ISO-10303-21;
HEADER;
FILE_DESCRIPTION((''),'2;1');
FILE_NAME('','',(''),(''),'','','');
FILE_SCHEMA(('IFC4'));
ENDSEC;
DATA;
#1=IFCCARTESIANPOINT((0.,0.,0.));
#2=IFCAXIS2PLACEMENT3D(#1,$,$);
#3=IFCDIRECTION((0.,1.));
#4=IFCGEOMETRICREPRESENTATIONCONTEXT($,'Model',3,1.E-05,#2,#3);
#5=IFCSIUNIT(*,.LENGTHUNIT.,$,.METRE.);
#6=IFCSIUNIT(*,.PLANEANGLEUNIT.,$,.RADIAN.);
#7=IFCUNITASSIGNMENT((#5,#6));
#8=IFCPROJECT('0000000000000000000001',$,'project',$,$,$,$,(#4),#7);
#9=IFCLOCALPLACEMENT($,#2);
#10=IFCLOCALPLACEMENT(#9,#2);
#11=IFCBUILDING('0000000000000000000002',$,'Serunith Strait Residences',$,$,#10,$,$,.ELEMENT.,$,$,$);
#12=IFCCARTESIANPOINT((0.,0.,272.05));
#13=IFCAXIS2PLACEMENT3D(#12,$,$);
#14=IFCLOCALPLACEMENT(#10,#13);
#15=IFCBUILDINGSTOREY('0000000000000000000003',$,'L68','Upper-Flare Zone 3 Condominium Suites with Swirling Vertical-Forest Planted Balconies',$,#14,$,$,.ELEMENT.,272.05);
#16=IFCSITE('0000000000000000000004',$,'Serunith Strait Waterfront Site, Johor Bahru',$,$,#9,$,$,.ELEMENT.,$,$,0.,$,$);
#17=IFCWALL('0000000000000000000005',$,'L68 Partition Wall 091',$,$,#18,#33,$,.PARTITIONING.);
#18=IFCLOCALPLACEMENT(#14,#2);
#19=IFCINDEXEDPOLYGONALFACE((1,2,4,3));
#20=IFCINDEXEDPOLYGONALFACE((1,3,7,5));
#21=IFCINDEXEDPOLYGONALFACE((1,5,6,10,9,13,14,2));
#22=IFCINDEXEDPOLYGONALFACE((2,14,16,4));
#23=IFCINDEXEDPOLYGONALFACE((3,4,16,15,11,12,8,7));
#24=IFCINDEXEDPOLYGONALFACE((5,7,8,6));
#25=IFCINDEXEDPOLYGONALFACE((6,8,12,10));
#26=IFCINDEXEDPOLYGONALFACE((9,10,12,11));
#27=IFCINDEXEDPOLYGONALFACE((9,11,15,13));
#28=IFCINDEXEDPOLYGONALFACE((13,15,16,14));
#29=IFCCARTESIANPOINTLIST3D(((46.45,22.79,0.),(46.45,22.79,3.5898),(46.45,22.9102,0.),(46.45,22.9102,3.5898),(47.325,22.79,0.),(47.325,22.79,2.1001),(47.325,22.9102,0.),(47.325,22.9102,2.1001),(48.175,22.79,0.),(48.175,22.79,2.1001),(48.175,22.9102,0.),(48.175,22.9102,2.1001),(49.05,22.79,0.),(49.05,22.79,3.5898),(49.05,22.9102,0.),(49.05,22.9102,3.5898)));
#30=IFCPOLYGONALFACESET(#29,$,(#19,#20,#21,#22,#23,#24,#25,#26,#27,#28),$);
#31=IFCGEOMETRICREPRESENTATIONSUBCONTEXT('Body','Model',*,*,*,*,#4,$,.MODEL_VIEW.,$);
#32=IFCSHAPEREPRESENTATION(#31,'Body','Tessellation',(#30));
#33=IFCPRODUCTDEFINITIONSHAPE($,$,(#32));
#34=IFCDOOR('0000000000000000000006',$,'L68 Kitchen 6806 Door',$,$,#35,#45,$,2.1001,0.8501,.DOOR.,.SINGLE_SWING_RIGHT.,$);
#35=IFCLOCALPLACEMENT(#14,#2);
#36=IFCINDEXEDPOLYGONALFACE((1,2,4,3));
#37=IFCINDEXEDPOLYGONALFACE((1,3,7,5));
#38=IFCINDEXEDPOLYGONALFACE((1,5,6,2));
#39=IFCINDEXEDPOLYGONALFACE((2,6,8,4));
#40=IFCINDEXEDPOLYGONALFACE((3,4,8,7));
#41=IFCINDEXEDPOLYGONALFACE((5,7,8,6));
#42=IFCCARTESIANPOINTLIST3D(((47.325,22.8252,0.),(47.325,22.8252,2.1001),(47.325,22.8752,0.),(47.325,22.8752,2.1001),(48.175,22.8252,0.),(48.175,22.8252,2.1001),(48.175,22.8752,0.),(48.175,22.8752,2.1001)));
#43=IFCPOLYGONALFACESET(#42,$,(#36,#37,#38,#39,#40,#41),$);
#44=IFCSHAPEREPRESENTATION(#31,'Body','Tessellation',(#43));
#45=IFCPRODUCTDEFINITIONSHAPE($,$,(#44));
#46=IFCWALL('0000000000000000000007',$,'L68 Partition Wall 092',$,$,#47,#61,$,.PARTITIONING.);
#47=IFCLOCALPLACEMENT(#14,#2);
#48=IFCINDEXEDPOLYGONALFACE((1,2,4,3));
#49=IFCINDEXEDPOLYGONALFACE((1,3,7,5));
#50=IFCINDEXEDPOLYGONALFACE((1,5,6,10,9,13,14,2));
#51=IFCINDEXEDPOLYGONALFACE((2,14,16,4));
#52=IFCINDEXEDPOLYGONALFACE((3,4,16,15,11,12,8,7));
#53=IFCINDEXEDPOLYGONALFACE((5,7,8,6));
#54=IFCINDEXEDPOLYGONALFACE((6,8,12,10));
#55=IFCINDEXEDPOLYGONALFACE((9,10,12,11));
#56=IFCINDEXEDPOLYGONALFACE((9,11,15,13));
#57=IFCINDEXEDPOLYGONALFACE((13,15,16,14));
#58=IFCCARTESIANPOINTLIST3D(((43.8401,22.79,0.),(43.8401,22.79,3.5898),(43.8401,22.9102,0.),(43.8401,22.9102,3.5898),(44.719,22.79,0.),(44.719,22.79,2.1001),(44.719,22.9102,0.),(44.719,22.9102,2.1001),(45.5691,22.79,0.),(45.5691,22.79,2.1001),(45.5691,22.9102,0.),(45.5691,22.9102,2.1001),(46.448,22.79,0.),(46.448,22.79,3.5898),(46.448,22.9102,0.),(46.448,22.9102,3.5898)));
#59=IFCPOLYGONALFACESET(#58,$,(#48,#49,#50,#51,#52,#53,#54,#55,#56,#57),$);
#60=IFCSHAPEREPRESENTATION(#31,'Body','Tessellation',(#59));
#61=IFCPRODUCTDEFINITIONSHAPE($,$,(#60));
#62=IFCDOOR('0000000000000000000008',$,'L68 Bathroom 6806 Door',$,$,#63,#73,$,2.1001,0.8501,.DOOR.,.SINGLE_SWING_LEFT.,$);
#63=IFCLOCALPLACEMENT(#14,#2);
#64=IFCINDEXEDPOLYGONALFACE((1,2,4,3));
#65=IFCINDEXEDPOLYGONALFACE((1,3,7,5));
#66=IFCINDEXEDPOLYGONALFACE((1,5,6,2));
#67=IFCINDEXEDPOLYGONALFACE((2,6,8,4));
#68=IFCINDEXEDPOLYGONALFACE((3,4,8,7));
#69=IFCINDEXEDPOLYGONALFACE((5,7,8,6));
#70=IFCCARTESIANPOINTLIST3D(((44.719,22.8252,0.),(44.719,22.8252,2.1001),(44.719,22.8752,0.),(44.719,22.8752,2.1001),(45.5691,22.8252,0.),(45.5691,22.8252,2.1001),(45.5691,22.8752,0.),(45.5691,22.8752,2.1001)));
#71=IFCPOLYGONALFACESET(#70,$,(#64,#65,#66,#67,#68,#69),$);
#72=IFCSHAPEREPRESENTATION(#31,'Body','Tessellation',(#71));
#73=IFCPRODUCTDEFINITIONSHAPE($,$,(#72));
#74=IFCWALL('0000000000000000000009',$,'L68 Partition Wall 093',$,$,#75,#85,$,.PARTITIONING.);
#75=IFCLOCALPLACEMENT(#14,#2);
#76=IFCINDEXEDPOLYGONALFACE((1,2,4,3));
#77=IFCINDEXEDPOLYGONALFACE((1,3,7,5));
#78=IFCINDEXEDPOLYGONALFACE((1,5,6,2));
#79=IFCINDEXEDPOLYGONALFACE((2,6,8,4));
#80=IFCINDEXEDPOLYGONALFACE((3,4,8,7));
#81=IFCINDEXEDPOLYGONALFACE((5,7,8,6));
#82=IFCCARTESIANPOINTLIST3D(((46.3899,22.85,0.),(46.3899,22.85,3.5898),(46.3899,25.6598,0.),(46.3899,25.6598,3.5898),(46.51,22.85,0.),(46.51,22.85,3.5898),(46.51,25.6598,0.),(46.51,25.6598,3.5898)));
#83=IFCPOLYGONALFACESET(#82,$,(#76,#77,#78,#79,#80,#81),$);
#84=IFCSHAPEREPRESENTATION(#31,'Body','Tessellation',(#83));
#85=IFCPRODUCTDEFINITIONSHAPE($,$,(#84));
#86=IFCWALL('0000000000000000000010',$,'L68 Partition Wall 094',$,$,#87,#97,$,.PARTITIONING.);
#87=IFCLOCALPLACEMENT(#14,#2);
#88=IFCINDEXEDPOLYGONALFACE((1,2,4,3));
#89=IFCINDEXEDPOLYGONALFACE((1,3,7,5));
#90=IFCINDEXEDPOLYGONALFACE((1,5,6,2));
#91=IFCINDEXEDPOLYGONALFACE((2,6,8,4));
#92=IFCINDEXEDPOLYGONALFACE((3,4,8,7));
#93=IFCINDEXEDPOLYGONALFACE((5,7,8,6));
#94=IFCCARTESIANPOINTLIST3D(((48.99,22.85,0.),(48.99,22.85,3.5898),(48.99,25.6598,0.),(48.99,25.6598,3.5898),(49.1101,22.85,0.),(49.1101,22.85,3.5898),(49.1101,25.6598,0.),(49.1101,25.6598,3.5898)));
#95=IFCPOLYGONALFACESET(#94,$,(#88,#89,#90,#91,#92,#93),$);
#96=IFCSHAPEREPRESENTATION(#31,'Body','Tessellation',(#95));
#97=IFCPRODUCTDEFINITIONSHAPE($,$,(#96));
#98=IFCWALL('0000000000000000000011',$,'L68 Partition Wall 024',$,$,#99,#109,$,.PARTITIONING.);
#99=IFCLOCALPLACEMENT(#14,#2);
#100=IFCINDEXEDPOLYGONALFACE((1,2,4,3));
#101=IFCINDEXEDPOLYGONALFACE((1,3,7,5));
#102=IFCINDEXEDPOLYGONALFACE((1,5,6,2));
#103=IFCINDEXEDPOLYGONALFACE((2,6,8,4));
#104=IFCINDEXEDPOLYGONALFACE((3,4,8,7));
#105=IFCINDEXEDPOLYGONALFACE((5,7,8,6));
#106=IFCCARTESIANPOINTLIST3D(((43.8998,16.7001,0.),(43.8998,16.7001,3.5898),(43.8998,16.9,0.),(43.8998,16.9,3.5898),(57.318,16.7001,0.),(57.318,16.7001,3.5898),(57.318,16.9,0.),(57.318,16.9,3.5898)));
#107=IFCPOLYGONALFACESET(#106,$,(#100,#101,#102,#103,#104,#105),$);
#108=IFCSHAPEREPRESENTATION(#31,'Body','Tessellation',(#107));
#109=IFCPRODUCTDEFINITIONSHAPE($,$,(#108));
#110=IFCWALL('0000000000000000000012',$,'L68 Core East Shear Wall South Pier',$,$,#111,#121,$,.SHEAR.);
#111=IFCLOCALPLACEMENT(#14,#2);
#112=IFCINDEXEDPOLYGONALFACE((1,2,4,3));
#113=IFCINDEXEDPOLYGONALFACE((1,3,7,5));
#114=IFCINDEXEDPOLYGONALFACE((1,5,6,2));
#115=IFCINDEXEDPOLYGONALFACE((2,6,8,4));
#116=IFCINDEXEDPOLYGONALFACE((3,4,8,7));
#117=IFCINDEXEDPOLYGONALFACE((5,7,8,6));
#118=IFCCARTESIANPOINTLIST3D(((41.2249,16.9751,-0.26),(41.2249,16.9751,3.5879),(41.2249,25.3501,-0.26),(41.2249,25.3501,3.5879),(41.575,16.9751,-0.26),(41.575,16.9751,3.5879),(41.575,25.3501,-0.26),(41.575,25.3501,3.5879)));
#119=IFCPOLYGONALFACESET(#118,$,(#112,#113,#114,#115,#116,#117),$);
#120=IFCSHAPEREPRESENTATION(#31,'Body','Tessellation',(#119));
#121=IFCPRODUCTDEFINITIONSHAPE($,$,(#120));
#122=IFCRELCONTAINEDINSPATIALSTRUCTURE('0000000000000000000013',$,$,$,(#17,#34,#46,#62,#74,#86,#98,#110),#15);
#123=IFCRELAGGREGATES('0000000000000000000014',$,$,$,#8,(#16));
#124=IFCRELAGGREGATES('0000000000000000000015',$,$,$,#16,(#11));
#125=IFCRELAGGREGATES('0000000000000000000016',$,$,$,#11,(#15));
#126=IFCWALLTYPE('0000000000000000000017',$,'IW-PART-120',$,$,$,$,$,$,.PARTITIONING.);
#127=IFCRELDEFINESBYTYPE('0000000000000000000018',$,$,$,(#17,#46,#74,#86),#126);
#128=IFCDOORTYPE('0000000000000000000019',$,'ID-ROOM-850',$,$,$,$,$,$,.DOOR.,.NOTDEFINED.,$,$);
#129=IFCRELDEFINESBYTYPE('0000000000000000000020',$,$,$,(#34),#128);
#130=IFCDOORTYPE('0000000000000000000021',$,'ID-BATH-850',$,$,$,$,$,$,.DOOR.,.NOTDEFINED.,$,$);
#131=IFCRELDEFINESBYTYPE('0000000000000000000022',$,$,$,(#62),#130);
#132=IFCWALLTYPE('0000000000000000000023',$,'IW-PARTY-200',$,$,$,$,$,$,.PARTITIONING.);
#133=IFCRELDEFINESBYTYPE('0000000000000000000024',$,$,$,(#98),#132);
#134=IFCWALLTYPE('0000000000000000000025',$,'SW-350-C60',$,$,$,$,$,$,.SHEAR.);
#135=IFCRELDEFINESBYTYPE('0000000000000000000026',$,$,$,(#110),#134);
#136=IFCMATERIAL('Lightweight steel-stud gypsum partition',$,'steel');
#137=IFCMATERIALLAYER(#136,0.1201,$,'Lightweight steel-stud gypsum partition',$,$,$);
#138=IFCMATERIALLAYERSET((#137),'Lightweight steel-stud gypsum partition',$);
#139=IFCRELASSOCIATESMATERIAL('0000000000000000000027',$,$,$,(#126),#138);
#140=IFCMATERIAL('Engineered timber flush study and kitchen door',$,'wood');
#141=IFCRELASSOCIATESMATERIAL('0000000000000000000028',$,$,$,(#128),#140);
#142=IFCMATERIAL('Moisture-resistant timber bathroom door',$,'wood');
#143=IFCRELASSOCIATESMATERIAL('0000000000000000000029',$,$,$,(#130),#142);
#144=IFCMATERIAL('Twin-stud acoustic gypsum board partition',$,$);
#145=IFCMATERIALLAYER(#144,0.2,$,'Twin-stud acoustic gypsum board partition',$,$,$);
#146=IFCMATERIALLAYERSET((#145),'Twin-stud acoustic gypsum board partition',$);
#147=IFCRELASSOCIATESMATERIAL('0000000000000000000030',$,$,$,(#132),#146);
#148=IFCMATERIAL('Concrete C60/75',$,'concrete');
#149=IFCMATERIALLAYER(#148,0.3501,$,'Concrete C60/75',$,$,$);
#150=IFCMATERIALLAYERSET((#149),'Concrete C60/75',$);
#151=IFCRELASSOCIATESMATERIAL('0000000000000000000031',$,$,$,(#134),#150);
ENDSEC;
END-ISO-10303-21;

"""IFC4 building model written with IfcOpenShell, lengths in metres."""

from ifc_helpers import new_model, si_unit, direction, frame, frame_2d, origin, place, context, subcontext, project, spatial, rectangle, extrude, source, transform, mapped, material, layer, layer_set, type_object, element, fill, save


model = new_model("IFC4")

# Units and contexts
model_context = context("Model", 3, precision=1e-05, world=origin(), true_north=direction((0.0, 1.0)))
body_context = subcontext(model_context, "Body", "Model", "MODEL_VIEW")
ifc_project = project(units=[si_unit("LENGTHUNIT", "METRE"), si_unit("PLANEANGLEUNIT", "RADIAN")], contexts=[model_context])

# Site, building, storey
site_placement = place(None, origin())
site = spatial("IfcSite", under=ifc_project, at=site_placement, Name="Serunith Strait Waterfront Site, Johor Bahru", CompositionType="ELEMENT", RefElevation=0.0)
building_placement = place(site_placement, origin())
building = spatial("IfcBuilding", under=site, at=building_placement, Name="Serunith Strait Residences", CompositionType="ELEMENT")
storey_placement = place(building_placement, frame((0.0, 0.0, 272.05)))
storey = spatial("IfcBuildingStorey", under=building, at=storey_placement, Name="L68", Description="Upper-Flare Zone 3 Condominium Suites with Swirling Vertical-Forest Planted Balconies", CompositionType="ELEMENT", Elevation=272.05)

# Walls, openings, doors
ifc_material_1 = material(Name="Lightweight steel-stud gypsum partition", Category="steel")
ifc_layer_1 = layer(ifc_material_1, 0.1201, Name="Lightweight steel-stud gypsum partition")
ifc_layer_set_1 = layer_set([ifc_layer_1], Name="Lightweight steel-stud gypsum partition")
wall_type_1 = type_object("IfcWallType", Name="IW-PART-120", PredefinedType="PARTITIONING", material=ifc_layer_set_1)
wall_1_placement = place(storey_placement, frame((49.05, 22.8501, 0.0), z_axis=(0.0, 0.0, 1.0), x_axis=(-1.0, 0.0, 0.0)))
wall_1 = element("IfcWall", 1, at=wall_1_placement, inside=storey, type_object=wall_type_1, Name="L68 Partition Wall 091", PredefinedType="PARTITIONING", context=body_context, shape_type="SweptSolid", body=[
    extrude(rectangle(XDim=2.6001, YDim=0.1201, at=frame_2d((1.3, 0.0))), origin(), (0.0, 0.0, 1.0), 3.5898),
])
opening_1_placement = place(wall_1_placement, frame((0.875, 0.0, 0.0)))
opening_1 = element("IfcOpeningElement", 2, at=opening_1_placement, cuts=wall_1, PredefinedType="OPENING", context=body_context, shape_type="SweptSolid", body=[
    extrude(rectangle(XDim=0.8501, YDim=2.1001, at=frame_2d((0.425, 1.05))), frame((0.0, 0.0701, 0.0), z_axis=(0.0, -1.0, 0.0), x_axis=(1.0, 0.0, 0.0)), (0.0, 0.0, 1.0), 0.1401),
])
ifc_material_2 = material(Name="Engineered timber flush study and kitchen door", Category="wood")
door_type_1 = type_object("IfcDoorType", Name="ID-ROOM-850", OperationType="NOTDEFINED", PredefinedType="DOOR", material=ifc_material_2)
shared_shape_1 = source(origin(), body_context, "Body", "SweptSolid", [
    extrude(rectangle(XDim=0.8501, YDim=2.1001, at=frame_2d((0.425, 1.05))), frame((0.0, 0.0249, 0.0), z_axis=(0.0, -1.0, 0.0), x_axis=(1.0, 0.0, 0.0)), (0.0, 0.0, 1.0), 0.05),
])
door_1_placement = place(opening_1_placement, origin())
door_1 = element("IfcDoor", 3, at=door_1_placement, inside=storey, type_object=door_type_1, Name="L68 Kitchen 6806 Door", OperationType="SINGLE_SWING_RIGHT", OverallHeight=2.1001, OverallWidth=0.8501, PredefinedType="DOOR", context=body_context, shape_type="MappedRepresentation", body=[
    mapped(shared_shape_1, transform((0.0, 0.0, 0.0), scale=1.0)),
])
fill(opening_1, door_1)
wall_2_placement = place(storey_placement, frame((46.448, 22.8501, 0.0), z_axis=(0.0, 0.0, 1.0), x_axis=(-1.0, 0.0, 0.0)))
wall_2 = element("IfcWall", 4, at=wall_2_placement, inside=storey, type_object=wall_type_1, Name="L68 Partition Wall 092", PredefinedType="PARTITIONING", context=body_context, shape_type="SweptSolid", body=[
    extrude(rectangle(XDim=2.6079, YDim=0.1201, at=frame_2d((1.304, 0.0))), origin(), (0.0, 0.0, 1.0), 3.5898),
])
opening_2_placement = place(wall_2_placement, frame((0.8789, 0.0, 0.0)))
opening_2 = element("IfcOpeningElement", 5, at=opening_2_placement, cuts=wall_2, PredefinedType="OPENING", context=body_context, shape_type="SweptSolid", body=[
    extrude(rectangle(XDim=0.8501, YDim=2.1001, at=frame_2d((0.425, 1.05))), frame((0.0, 0.0701, 0.0), z_axis=(0.0, -1.0, 0.0), x_axis=(1.0, 0.0, 0.0)), (0.0, 0.0, 1.0), 0.1401),
])
ifc_material_3 = material(Name="Moisture-resistant timber bathroom door", Category="wood")
door_type_2 = type_object("IfcDoorType", Name="ID-BATH-850", OperationType="NOTDEFINED", PredefinedType="DOOR", material=ifc_material_3)
door_2_placement = place(opening_2_placement, origin())
door_2 = element("IfcDoor", 6, at=door_2_placement, inside=storey, type_object=door_type_2, Name="L68 Bathroom 6806 Door", OperationType="SINGLE_SWING_LEFT", OverallHeight=2.1001, OverallWidth=0.8501, PredefinedType="DOOR", context=body_context, shape_type="MappedRepresentation", body=[
    mapped(shared_shape_1, transform((0.0, 0.0, 0.0), scale=1.0)),
])
fill(opening_2, door_2)

# Walls
for number, where, z_axis, x_axis, name in (
    (7, (46.45, 22.8501, 0.0), (0.0, 0.0, 1.0), (0.0, 1.0, 0.0), "L68 Partition Wall 093"),
    (8, (49.05, 22.8501, 0.0), (0.0, 0.0, 1.0), (0.0, 1.0, 0.0), "L68 Partition Wall 094"),
):
    element("IfcWall", number, at=place(storey_placement, frame(where, z_axis=z_axis, x_axis=x_axis)), inside=storey, type_object=wall_type_1, Name=name, PredefinedType="PARTITIONING", context=body_context, shape_type="SweptSolid", body=[
        extrude(rectangle(XDim=2.8098, YDim=0.1201, at=frame_2d((1.4048, 0.0))), origin(), (0.0, 0.0, 1.0), 3.5898),
    ])
ifc_material_4 = material(Name="Twin-stud acoustic gypsum board partition")
ifc_layer_2 = layer(ifc_material_4, 0.2, Name="Twin-stud acoustic gypsum board partition")
ifc_layer_set_2 = layer_set([ifc_layer_2], Name="Twin-stud acoustic gypsum board partition")
wall_type_2 = type_object("IfcWallType", Name="IW-PARTY-200", PredefinedType="PARTITIONING", material=ifc_layer_set_2)
wall_3_placement = place(storey_placement, frame((43.8999, 16.8, 0.0), z_axis=(0.0, 0.0, 1.0), x_axis=(1.0, 0.0, 0.0)))
element("IfcWall", 9, at=wall_3_placement, inside=storey, type_object=wall_type_2, Name="L68 Partition Wall 024", PredefinedType="PARTITIONING", context=body_context, shape_type="SweptSolid", body=[
    extrude(rectangle(XDim=13.4182, YDim=0.2, at=frame_2d((6.709, 0.0))), origin(), (0.0, 0.0, 1.0), 3.5898),
])
ifc_material_5 = material(Name="Concrete C60/75", Category="concrete")
ifc_layer_3 = layer(ifc_material_5, 0.3501, Name="Concrete C60/75")
ifc_layer_set_3 = layer_set([ifc_layer_3], Name="Concrete C60/75")
wall_type_3 = type_object("IfcWallType", Name="SW-350-C60", PredefinedType="SHEAR", material=ifc_layer_set_3)
wall_4_placement = place(storey_placement, frame((41.3999, 16.9751, -0.26), z_axis=(0.0, 0.0, 1.0), x_axis=(0.0, 1.0, 0.0)))
element("IfcWall", 10, at=wall_4_placement, inside=storey, type_object=wall_type_3, Name="L68 Core East Shear Wall South Pier", PredefinedType="SHEAR", context=body_context, shape_type="SweptSolid", body=[
    extrude(rectangle(XDim=8.375, YDim=0.3501, at=frame_2d((4.1875, 0.0))), origin(), (0.0, 0.0, 1.0), 3.8479),
])

save(model, "model.ifc")
